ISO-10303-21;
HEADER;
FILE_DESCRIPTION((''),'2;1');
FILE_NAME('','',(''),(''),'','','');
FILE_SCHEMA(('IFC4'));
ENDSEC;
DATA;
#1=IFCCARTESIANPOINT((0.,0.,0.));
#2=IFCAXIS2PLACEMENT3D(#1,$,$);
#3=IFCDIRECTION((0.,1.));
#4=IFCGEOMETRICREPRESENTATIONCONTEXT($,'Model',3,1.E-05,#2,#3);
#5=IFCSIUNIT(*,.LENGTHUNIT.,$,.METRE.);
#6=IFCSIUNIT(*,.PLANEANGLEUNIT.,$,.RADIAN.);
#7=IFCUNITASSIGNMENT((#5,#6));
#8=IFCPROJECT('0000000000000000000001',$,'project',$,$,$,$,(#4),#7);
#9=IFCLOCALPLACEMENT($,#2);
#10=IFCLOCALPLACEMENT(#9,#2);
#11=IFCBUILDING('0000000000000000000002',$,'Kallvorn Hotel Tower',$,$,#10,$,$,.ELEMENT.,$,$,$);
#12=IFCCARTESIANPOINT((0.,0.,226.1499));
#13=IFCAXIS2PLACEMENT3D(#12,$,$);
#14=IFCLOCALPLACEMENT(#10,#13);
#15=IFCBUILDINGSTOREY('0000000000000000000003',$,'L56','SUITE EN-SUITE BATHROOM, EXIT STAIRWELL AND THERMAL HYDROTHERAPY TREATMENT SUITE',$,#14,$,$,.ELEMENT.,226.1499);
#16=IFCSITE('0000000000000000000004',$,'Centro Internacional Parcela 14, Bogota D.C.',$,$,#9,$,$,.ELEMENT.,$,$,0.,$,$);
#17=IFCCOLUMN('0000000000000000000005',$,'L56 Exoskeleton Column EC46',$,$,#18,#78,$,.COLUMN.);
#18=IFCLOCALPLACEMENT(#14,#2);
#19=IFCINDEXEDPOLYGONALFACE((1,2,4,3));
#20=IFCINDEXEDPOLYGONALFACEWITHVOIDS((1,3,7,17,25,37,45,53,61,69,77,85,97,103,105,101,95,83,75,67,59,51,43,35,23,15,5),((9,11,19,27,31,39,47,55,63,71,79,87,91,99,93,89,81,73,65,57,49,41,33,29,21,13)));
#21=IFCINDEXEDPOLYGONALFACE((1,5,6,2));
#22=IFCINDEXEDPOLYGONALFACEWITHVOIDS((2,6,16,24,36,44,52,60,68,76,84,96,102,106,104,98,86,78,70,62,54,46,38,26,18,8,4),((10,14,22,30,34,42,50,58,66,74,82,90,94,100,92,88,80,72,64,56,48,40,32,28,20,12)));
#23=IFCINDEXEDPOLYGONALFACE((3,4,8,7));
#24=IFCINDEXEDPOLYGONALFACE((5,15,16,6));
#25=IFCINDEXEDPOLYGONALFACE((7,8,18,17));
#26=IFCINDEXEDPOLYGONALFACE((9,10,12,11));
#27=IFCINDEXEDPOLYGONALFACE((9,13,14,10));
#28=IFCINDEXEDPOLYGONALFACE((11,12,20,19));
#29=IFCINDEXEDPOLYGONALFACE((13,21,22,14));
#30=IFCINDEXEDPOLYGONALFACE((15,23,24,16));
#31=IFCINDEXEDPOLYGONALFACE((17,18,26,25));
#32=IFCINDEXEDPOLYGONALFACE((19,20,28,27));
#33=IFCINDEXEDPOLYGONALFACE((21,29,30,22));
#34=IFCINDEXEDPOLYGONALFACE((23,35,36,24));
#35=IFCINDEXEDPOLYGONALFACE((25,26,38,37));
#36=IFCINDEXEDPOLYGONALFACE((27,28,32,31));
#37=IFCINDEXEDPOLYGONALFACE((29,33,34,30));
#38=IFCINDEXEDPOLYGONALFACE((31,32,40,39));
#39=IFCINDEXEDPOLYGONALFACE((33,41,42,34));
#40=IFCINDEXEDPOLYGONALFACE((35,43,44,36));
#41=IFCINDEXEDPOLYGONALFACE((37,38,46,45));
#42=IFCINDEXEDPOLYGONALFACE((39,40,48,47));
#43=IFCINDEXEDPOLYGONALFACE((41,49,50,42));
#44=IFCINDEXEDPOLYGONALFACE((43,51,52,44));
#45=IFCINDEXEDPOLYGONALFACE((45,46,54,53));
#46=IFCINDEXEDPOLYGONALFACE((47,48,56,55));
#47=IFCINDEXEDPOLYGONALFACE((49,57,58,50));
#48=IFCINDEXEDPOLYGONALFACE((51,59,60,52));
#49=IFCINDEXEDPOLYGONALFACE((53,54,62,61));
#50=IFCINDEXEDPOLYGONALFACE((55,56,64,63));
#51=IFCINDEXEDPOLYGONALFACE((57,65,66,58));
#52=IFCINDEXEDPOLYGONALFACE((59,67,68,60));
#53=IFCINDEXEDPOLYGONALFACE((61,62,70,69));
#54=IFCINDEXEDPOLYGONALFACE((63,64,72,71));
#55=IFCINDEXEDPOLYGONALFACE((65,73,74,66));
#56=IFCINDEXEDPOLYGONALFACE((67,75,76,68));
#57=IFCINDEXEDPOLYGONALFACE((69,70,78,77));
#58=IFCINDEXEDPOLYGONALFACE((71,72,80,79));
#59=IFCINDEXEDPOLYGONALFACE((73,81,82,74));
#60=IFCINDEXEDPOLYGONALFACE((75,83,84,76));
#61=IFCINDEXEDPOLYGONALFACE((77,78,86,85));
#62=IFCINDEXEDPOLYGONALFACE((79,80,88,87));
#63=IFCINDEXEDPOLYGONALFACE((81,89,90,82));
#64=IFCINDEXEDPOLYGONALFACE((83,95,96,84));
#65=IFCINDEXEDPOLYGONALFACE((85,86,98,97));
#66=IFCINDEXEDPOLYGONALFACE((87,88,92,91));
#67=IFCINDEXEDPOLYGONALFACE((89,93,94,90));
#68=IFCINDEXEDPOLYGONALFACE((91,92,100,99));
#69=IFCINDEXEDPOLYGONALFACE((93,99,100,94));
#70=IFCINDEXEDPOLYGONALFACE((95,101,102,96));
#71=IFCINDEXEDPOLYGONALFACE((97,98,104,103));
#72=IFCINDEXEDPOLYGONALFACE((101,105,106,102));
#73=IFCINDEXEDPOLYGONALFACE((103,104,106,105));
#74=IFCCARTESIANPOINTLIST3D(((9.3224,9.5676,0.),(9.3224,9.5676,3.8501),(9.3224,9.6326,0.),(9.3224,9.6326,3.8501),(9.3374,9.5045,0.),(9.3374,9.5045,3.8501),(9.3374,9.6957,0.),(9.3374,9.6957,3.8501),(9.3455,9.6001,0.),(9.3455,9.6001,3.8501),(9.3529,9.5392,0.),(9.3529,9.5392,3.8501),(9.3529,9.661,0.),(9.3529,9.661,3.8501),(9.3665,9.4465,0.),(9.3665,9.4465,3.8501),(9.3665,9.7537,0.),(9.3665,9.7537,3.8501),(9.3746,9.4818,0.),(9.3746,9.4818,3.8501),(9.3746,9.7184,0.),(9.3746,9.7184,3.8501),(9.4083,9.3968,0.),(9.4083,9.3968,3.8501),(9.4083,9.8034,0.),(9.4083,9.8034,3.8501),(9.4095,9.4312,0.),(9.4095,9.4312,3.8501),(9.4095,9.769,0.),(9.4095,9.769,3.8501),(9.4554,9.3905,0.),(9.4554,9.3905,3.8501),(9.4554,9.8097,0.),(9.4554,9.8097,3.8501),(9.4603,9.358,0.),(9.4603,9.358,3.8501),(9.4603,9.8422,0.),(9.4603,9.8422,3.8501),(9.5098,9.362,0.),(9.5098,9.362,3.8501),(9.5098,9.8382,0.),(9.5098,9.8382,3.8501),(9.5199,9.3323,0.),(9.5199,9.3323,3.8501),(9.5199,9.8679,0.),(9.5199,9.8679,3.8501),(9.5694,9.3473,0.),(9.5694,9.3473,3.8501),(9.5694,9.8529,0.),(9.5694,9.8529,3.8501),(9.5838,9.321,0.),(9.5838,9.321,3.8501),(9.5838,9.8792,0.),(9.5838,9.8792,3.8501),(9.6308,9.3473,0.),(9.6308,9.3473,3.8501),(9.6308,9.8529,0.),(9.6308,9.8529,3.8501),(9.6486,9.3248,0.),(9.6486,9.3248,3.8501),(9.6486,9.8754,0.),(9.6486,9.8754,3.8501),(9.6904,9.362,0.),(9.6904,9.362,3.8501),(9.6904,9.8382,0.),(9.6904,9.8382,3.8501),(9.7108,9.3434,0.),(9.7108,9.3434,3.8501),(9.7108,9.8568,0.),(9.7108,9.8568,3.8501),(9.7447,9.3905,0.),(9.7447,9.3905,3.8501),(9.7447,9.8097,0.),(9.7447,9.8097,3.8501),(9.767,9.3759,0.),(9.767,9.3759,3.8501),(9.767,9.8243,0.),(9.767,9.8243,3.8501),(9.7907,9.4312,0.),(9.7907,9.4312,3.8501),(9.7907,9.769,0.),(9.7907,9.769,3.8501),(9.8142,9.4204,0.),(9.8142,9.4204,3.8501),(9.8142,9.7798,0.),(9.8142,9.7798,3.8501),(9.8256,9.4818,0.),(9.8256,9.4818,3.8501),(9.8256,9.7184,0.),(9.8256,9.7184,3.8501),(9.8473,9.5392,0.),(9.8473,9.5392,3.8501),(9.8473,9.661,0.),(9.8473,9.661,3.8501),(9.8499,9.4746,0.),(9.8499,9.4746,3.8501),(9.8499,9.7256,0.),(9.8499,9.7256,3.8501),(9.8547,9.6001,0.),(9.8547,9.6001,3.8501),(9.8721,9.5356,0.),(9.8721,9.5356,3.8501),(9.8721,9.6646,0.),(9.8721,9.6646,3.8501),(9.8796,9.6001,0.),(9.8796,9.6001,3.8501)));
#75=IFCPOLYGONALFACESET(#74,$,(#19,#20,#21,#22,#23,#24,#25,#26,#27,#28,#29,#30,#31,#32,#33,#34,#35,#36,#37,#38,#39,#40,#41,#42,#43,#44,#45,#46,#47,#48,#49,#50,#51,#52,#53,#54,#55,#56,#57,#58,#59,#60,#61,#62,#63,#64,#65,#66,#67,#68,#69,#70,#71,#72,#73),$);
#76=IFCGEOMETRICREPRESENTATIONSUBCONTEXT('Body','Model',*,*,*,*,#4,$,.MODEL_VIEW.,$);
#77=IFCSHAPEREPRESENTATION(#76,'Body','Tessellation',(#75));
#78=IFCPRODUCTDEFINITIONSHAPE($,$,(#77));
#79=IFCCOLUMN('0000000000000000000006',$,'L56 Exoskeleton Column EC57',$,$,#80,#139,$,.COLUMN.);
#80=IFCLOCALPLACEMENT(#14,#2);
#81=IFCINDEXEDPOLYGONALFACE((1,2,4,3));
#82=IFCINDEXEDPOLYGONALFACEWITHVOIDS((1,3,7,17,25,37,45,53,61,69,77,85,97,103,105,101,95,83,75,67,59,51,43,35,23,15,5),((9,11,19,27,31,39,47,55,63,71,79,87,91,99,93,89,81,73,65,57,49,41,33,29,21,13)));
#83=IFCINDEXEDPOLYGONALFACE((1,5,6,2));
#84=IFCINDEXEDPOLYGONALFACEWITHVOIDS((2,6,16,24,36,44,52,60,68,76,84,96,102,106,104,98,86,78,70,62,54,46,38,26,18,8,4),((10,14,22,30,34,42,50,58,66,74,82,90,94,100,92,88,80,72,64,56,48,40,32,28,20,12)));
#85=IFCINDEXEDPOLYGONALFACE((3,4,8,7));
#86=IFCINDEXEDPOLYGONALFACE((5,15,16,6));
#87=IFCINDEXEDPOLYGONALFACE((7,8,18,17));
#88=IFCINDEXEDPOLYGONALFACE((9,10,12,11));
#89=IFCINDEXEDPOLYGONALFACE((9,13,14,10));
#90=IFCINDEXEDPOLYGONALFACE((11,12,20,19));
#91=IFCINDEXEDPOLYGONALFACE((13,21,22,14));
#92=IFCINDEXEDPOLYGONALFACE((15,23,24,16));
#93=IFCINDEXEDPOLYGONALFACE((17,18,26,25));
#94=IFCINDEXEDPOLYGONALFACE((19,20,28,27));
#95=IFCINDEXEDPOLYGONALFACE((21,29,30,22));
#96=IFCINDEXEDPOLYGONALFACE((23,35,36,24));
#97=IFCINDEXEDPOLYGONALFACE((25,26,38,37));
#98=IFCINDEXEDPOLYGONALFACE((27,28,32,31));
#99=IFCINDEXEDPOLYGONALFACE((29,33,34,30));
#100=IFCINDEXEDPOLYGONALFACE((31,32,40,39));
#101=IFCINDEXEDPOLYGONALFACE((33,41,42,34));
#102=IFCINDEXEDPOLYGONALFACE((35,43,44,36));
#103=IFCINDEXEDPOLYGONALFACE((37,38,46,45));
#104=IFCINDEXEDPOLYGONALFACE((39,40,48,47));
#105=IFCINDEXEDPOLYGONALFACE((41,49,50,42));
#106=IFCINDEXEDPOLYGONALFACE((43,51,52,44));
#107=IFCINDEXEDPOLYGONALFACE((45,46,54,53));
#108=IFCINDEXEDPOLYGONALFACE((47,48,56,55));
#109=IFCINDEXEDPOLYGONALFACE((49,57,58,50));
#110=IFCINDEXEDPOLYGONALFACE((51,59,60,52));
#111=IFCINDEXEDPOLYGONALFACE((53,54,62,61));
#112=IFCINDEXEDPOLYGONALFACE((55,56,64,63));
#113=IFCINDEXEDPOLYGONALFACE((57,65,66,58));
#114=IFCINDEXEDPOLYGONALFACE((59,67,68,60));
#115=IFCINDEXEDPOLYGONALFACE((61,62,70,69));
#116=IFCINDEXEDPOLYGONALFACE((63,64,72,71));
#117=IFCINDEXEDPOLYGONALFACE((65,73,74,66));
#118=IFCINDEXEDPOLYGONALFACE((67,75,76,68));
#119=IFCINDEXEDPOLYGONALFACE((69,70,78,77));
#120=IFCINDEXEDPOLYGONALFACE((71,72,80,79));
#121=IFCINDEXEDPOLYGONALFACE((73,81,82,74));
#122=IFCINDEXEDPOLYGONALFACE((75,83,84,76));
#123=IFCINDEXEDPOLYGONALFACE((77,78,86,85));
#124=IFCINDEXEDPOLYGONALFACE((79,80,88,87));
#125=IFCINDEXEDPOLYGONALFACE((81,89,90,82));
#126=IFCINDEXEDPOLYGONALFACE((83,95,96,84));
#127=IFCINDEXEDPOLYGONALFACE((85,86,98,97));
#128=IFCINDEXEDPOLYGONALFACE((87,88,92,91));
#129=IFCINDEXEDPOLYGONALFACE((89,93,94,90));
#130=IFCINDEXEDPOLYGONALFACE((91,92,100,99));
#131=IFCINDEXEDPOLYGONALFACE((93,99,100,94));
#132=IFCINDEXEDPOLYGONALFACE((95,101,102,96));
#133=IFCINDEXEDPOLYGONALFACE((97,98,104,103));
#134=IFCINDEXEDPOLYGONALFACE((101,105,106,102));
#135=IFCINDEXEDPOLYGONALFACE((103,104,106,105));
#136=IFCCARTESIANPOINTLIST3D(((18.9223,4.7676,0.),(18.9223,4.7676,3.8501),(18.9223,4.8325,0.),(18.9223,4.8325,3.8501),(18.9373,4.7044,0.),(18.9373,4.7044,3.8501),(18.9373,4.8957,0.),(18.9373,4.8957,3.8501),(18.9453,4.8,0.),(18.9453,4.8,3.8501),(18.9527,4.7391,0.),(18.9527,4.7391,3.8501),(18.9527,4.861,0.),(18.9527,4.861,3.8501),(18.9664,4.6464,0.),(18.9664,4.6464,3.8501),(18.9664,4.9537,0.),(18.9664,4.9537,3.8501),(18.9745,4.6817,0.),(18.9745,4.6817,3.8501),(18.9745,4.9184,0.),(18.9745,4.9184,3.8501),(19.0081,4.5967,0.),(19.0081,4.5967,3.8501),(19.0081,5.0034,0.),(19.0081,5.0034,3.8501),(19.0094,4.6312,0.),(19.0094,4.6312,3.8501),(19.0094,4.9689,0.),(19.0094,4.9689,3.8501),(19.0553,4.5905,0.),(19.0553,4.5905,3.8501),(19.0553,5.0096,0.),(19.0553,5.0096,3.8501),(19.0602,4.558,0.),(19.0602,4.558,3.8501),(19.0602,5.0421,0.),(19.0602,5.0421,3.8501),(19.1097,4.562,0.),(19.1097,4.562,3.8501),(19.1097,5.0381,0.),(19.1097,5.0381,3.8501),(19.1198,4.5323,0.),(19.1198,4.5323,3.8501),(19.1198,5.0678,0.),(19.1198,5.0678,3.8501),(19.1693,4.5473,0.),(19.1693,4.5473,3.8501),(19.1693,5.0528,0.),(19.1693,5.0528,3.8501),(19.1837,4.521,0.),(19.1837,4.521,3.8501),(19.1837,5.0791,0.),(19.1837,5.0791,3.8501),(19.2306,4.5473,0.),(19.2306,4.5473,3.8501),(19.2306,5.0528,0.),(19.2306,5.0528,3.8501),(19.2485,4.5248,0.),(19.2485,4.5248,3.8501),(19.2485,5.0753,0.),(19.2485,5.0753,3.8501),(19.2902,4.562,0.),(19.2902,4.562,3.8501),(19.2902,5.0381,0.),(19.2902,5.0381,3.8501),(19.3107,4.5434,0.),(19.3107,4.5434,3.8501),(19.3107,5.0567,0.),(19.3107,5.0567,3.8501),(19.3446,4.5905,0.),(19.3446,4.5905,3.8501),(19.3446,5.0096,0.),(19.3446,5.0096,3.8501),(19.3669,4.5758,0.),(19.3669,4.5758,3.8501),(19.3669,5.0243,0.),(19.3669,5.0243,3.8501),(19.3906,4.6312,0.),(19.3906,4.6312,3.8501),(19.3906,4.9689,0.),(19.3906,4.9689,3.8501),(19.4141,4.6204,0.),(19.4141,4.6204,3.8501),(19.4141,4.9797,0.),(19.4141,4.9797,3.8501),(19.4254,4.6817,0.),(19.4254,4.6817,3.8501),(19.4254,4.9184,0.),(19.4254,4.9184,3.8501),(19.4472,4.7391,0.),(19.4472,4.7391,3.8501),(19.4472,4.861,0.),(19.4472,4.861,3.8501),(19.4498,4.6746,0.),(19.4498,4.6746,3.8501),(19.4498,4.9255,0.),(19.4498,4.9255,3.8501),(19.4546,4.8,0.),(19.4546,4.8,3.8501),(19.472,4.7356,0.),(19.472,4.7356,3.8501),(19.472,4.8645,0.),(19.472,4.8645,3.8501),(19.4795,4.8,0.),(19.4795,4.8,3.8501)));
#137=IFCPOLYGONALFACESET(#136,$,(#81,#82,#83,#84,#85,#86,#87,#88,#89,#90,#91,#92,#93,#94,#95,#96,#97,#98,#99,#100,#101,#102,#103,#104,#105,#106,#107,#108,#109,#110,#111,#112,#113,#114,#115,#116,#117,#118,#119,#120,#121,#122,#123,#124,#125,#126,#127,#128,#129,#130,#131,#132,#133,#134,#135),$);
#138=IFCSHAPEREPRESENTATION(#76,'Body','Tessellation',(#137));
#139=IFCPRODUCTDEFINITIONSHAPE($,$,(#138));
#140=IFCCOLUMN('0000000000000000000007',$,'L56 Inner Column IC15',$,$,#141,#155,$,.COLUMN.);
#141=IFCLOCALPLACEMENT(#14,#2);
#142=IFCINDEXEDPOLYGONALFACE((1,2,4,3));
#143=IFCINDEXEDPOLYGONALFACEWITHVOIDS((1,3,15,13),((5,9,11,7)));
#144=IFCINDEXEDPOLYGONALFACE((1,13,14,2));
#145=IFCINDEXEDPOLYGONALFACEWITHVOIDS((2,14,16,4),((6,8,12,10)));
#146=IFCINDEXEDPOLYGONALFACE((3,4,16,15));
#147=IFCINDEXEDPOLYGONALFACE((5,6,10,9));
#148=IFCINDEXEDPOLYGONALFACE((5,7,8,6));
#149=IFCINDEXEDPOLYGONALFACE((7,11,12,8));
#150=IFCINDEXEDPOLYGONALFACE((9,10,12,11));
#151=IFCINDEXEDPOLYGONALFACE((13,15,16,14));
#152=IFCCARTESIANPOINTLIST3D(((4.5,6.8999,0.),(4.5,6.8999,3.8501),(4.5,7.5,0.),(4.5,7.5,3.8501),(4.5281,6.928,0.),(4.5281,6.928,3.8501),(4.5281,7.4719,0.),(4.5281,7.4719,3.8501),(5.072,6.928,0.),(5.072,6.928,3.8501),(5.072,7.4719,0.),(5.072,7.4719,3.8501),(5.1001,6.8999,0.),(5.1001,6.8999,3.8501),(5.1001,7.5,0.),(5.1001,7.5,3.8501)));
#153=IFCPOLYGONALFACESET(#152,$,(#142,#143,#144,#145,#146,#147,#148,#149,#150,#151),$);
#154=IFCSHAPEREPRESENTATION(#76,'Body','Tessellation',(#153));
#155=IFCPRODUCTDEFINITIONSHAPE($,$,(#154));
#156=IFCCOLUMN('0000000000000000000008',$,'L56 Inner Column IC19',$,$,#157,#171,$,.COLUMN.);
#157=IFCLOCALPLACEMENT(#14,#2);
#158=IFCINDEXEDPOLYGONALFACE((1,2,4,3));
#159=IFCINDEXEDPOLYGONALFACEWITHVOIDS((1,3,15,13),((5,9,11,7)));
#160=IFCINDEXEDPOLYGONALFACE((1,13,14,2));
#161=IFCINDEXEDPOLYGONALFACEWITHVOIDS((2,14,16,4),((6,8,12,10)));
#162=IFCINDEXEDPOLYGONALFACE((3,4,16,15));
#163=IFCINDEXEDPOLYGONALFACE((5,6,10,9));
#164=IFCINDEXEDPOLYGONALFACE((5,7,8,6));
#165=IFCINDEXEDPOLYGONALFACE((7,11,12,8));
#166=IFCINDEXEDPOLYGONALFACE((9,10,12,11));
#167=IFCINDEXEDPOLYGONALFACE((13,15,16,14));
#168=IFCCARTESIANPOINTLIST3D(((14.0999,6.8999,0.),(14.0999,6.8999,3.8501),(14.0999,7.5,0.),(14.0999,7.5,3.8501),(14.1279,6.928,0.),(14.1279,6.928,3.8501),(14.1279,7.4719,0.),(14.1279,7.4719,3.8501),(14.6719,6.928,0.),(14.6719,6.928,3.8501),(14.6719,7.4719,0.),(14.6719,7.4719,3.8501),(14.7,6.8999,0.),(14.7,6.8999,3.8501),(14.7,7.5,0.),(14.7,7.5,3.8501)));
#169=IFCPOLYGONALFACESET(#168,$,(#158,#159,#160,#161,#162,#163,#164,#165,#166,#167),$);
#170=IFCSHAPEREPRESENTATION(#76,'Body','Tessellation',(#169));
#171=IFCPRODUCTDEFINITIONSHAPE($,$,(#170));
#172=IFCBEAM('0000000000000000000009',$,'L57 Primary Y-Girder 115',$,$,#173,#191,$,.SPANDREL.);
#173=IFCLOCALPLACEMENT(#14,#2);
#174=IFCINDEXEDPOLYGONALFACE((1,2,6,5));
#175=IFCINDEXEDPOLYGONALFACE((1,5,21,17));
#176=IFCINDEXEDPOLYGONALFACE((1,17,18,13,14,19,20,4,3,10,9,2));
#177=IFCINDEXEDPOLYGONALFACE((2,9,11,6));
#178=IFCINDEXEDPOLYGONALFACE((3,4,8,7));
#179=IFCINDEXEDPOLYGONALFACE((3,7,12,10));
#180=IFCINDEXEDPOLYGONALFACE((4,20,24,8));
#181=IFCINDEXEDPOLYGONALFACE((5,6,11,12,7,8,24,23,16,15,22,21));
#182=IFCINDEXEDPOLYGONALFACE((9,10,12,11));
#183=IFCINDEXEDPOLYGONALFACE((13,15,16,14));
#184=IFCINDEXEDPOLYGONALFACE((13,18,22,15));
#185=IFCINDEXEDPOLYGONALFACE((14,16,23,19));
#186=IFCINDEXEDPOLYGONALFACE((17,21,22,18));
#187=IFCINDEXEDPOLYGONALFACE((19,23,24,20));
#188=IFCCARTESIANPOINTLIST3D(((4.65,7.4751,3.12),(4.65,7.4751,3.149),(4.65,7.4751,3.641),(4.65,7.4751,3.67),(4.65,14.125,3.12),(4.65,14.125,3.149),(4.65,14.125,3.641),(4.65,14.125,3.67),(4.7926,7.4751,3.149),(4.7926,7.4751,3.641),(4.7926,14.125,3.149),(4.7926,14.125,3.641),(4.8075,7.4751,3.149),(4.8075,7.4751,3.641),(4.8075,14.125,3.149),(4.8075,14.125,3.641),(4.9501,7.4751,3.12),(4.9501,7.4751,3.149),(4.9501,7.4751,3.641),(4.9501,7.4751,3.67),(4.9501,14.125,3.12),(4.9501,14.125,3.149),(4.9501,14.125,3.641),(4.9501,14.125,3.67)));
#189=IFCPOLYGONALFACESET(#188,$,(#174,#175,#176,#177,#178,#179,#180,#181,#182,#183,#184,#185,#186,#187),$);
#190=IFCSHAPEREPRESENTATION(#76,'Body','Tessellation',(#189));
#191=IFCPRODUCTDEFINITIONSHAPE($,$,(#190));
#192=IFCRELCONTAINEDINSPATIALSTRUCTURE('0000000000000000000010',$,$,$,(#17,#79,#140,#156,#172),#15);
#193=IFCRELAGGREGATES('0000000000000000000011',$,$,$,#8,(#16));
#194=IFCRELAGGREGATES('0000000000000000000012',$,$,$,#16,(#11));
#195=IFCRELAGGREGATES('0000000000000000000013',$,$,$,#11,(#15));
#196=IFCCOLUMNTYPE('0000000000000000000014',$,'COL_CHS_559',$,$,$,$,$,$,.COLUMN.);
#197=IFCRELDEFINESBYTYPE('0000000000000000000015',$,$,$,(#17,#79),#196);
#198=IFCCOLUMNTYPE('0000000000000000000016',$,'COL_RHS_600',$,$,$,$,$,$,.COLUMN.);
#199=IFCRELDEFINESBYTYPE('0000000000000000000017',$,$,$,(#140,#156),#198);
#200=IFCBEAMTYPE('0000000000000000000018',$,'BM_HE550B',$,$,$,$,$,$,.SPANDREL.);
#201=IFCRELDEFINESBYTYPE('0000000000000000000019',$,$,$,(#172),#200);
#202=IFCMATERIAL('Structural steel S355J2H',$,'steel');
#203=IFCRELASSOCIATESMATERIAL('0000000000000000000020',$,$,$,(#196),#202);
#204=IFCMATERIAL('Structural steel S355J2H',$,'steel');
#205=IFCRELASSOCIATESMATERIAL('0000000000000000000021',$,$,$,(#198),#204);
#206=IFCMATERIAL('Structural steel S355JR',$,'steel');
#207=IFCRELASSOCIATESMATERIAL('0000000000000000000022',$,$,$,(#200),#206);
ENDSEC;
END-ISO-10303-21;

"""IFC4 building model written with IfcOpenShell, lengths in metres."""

from ifc_helpers import new_model, si_unit, direction, frame, origin, origin_2d, place, context, subcontext, project, spatial, hollow_rectangle, hollow_circle, i_section, extrude, material, material_profile, profile_set, type_object, element, save


model = new_model("IFC4")

# Units and contexts
model_context = context("Model", 3, precision=1e-05, world=origin(), true_north=direction((0.0, 1.0)))
body_context = subcontext(model_context, "Body", "Model", "MODEL_VIEW")
ifc_project = project(units=[si_unit("LENGTHUNIT", "METRE"), si_unit("PLANEANGLEUNIT", "RADIAN")], contexts=[model_context])

# Site, building, storey
site_placement = place(None, origin())
site = spatial("IfcSite", under=ifc_project, at=site_placement, Name="Centro Internacional Parcela 14, Bogota D.C.", CompositionType="ELEMENT", RefElevation=0.0)
building_placement = place(site_placement, origin())
building = spatial("IfcBuilding", under=site, at=building_placement, Name="Kallvorn Hotel Tower", CompositionType="ELEMENT")
storey_placement = place(building_placement, frame((0.0, 0.0, 226.1499)))
storey = spatial("IfcBuildingStorey", under=building, at=storey_placement, Name="L56", Description="SUITE EN-SUITE BATHROOM, EXIT STAIRWELL AND THERMAL HYDROTHERAPY TREATMENT SUITE", CompositionType="ELEMENT", Elevation=226.1499)

# Columns
ifc_material_1 = material(Name="Structural steel S355J2H", Category="steel")
ifc_material_profile_1 = material_profile(ifc_material_1, hollow_circle(Radius=0.2795, WallThickness=0.0249, at=origin_2d()), Name="CHS 559x25")
ifc_profile_set_1 = profile_set([ifc_material_profile_1], Name="Structural steel S355J2H")
column_type_1 = type_object("IfcColumnType", Name="COL_CHS_559", PredefinedType="COLUMN", material=ifc_profile_set_1)
for number, where, z_axis, x_axis, name in (
    (1, (9.6001, 9.6001, 0.0), (0.0, 0.0, 1.0), (1.0, 0.0, 0.0), "L56 Exoskeleton Column EC46"),
    (2, (19.2, 4.8, 0.0), (0.0, 0.0, 1.0), (1.0, 0.0, 0.0), "L56 Exoskeleton Column EC57"),
):
    element("IfcColumn", number, at=place(storey_placement, frame(where, z_axis=z_axis, x_axis=x_axis)), inside=storey, type_object=column_type_1, Name=name, PredefinedType="COLUMN", context=body_context, shape_type="SweptSolid", body=[
        extrude(hollow_circle(Radius=0.2795, WallThickness=0.0249, at=origin_2d()), origin(), (0.0, 0.0, 1.0), 3.8501),
    ])
ifc_material_2 = material(Name="Structural steel S355J2H", Category="steel")
ifc_material_profile_2 = material_profile(ifc_material_2, hollow_rectangle(XDim=0.6001, YDim=0.6001, WallThickness=0.0281, at=origin_2d()), Name="RHS 600x600x28")
ifc_profile_set_2 = profile_set([ifc_material_profile_2], Name="Structural steel S355J2H")
column_type_2 = type_object("IfcColumnType", Name="COL_RHS_600", PredefinedType="COLUMN", material=ifc_profile_set_2)
for number, where, z_axis, x_axis, name in (
    (3, (4.8, 7.2, 0.0), (0.0, 0.0, 1.0), (1.0, 0.0, 0.0), "L56 Inner Column IC15"),
    (4, (14.3999, 7.2, 0.0), (0.0, 0.0, 1.0), (1.0, 0.0, 0.0), "L56 Inner Column IC19"),
):
    element("IfcColumn", number, at=place(storey_placement, frame(where, z_axis=z_axis, x_axis=x_axis)), inside=storey, type_object=column_type_2, Name=name, PredefinedType="COLUMN", context=body_context, shape_type="SweptSolid", body=[
        extrude(hollow_rectangle(XDim=0.6001, YDim=0.6001, WallThickness=0.0281, at=origin_2d()), origin(), (0.0, 0.0, 1.0), 3.8501),
    ])

# Beam
ifc_material_3 = material(Name="Structural steel S355JR", Category="steel")
ifc_material_profile_3 = material_profile(ifc_material_3, i_section(OverallWidth=0.3, OverallDepth=0.55, WebThickness=0.0149, FlangeThickness=0.0291, at=origin_2d()), Name="HE 550 B")
ifc_profile_set_3 = profile_set([ifc_material_profile_3], Name="Structural steel S355JR")
beam_type_1 = type_object("IfcBeamType", Name="BM_HE550B", PredefinedType="SPANDREL", material=ifc_profile_set_3)
for number, where, z_axis, x_axis, name in (
    (5, (4.8, 7.4751, 3.395), (0.0, 1.0, 0.0), (-1.0, 0.0, 0.0), "L57 Primary Y-Girder 115"),
):
    element("IfcBeam", number, at=place(storey_placement, frame(where, z_axis=z_axis, x_axis=x_axis)), inside=storey, type_object=beam_type_1, Name=name, PredefinedType="SPANDREL", context=body_context, shape_type="SweptSolid", body=[
        extrude(i_section(OverallWidth=0.3, OverallDepth=0.55, WebThickness=0.0149, FlangeThickness=0.0291, at=origin_2d()), origin(), (0.0, 0.0, 1.0), 6.6499),
    ])

save(model, "model.ifc")
